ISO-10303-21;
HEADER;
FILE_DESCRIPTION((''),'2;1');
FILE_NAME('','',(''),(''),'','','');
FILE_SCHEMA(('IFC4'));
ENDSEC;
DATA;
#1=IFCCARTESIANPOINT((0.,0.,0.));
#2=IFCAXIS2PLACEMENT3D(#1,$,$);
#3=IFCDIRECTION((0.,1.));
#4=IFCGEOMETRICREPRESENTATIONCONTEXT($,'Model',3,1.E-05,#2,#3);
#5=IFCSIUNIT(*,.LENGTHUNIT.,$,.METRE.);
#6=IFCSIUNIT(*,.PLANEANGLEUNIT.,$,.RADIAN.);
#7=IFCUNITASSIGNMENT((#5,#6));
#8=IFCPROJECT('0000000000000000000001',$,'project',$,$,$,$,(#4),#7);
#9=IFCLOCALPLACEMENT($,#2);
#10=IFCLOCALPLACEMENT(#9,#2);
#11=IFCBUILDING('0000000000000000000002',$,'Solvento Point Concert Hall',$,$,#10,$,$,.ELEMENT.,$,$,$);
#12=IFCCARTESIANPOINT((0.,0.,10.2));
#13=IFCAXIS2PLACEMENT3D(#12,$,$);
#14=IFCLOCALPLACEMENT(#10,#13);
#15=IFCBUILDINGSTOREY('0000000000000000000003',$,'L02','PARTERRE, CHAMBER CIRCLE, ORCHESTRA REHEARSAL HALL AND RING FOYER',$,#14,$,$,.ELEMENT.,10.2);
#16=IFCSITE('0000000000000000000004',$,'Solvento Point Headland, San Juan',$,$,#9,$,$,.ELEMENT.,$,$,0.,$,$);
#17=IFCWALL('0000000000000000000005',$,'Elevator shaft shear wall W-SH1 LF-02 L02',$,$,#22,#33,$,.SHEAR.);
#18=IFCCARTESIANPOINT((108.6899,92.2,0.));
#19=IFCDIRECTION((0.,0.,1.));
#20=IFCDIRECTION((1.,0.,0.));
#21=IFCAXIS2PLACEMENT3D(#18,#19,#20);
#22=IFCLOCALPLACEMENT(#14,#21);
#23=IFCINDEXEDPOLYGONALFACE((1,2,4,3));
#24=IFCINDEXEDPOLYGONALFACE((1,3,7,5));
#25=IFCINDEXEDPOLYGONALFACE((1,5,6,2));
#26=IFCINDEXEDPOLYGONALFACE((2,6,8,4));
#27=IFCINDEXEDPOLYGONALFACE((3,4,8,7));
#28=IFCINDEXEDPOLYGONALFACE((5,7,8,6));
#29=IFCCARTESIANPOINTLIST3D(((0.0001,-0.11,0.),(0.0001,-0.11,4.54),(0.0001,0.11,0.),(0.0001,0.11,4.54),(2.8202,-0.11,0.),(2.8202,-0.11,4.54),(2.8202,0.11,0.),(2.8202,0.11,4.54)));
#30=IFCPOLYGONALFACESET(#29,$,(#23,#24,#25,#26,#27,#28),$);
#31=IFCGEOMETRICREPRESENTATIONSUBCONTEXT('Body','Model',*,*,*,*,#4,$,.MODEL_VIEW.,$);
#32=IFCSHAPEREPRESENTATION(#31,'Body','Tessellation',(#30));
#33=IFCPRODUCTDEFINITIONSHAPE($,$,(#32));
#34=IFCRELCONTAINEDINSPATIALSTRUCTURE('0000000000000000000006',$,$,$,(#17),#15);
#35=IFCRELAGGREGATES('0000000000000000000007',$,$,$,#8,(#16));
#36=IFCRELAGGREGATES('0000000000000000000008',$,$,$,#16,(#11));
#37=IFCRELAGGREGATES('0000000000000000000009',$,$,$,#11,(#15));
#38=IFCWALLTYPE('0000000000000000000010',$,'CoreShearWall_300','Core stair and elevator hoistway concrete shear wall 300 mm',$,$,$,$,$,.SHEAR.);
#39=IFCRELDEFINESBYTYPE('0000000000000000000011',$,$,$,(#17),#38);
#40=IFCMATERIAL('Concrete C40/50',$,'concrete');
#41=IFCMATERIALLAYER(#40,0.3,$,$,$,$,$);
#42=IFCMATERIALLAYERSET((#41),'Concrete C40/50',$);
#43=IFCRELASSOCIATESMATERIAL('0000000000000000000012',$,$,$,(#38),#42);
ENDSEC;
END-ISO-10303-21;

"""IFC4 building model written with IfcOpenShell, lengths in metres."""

from ifc_helpers import new_model, si_unit, direction, frame, frame_2d, origin, place, context, subcontext, project, spatial, rectangle, extrude, material, layer, layer_set, type_object, element, save


model = new_model("IFC4")

# Units and contexts
model_context = context("Model", 3, precision=1e-05, world=origin(), true_north=direction((0.0, 1.0)))
body_context = subcontext(model_context, "Body", "Model", "MODEL_VIEW")
ifc_project = project(units=[si_unit("LENGTHUNIT", "METRE"), si_unit("PLANEANGLEUNIT", "RADIAN")], contexts=[model_context])

# Site, building, storey
site_placement = place(None, origin())
site = spatial("IfcSite", under=ifc_project, at=site_placement, Name="Solvento Point Headland, San Juan", CompositionType="ELEMENT", RefElevation=0.0)
building_placement = place(site_placement, origin())
building = spatial("IfcBuilding", under=site, at=building_placement, Name="Solvento Point Concert Hall", CompositionType="ELEMENT")
storey_placement = place(building_placement, frame((0.0, 0.0, 10.2)))
storey = spatial("IfcBuildingStorey", under=building, at=storey_placement, Name="L02", Description="PARTERRE, CHAMBER CIRCLE, ORCHESTRA REHEARSAL HALL AND RING FOYER", CompositionType="ELEMENT", Elevation=10.2)

# Wall
ifc_material_1 = material(Name="Concrete C40/50", Category="concrete")
ifc_layer_1 = layer(ifc_material_1, 0.3)
ifc_layer_set_1 = layer_set([ifc_layer_1], Name="Concrete C40/50")
wall_type_1 = type_object("IfcWallType", Name="CoreShearWall_300", Description="Core stair and elevator hoistway concrete shear wall 300 mm", PredefinedType="SHEAR", material=ifc_layer_set_1)
wall_1_placement = place(storey_placement, frame((108.6899, 92.2, 0.0), z_axis=(0.0, 0.0, 1.0), x_axis=(1.0, 0.0, 0.0)))
element("IfcWall", 1, at=wall_1_placement, inside=storey, type_object=wall_type_1, Name="Elevator shaft shear wall W-SH1 LF-02 L02", PredefinedType="SHEAR", context=body_context, shape_type="SweptSolid", body=[
    extrude(rectangle(XDim=2.8201, YDim=0.22, at=frame_2d((1.4102, 0.0))), origin(), (0.0, 0.0, 1.0), 4.54),
])

save(model, "model.ifc")
